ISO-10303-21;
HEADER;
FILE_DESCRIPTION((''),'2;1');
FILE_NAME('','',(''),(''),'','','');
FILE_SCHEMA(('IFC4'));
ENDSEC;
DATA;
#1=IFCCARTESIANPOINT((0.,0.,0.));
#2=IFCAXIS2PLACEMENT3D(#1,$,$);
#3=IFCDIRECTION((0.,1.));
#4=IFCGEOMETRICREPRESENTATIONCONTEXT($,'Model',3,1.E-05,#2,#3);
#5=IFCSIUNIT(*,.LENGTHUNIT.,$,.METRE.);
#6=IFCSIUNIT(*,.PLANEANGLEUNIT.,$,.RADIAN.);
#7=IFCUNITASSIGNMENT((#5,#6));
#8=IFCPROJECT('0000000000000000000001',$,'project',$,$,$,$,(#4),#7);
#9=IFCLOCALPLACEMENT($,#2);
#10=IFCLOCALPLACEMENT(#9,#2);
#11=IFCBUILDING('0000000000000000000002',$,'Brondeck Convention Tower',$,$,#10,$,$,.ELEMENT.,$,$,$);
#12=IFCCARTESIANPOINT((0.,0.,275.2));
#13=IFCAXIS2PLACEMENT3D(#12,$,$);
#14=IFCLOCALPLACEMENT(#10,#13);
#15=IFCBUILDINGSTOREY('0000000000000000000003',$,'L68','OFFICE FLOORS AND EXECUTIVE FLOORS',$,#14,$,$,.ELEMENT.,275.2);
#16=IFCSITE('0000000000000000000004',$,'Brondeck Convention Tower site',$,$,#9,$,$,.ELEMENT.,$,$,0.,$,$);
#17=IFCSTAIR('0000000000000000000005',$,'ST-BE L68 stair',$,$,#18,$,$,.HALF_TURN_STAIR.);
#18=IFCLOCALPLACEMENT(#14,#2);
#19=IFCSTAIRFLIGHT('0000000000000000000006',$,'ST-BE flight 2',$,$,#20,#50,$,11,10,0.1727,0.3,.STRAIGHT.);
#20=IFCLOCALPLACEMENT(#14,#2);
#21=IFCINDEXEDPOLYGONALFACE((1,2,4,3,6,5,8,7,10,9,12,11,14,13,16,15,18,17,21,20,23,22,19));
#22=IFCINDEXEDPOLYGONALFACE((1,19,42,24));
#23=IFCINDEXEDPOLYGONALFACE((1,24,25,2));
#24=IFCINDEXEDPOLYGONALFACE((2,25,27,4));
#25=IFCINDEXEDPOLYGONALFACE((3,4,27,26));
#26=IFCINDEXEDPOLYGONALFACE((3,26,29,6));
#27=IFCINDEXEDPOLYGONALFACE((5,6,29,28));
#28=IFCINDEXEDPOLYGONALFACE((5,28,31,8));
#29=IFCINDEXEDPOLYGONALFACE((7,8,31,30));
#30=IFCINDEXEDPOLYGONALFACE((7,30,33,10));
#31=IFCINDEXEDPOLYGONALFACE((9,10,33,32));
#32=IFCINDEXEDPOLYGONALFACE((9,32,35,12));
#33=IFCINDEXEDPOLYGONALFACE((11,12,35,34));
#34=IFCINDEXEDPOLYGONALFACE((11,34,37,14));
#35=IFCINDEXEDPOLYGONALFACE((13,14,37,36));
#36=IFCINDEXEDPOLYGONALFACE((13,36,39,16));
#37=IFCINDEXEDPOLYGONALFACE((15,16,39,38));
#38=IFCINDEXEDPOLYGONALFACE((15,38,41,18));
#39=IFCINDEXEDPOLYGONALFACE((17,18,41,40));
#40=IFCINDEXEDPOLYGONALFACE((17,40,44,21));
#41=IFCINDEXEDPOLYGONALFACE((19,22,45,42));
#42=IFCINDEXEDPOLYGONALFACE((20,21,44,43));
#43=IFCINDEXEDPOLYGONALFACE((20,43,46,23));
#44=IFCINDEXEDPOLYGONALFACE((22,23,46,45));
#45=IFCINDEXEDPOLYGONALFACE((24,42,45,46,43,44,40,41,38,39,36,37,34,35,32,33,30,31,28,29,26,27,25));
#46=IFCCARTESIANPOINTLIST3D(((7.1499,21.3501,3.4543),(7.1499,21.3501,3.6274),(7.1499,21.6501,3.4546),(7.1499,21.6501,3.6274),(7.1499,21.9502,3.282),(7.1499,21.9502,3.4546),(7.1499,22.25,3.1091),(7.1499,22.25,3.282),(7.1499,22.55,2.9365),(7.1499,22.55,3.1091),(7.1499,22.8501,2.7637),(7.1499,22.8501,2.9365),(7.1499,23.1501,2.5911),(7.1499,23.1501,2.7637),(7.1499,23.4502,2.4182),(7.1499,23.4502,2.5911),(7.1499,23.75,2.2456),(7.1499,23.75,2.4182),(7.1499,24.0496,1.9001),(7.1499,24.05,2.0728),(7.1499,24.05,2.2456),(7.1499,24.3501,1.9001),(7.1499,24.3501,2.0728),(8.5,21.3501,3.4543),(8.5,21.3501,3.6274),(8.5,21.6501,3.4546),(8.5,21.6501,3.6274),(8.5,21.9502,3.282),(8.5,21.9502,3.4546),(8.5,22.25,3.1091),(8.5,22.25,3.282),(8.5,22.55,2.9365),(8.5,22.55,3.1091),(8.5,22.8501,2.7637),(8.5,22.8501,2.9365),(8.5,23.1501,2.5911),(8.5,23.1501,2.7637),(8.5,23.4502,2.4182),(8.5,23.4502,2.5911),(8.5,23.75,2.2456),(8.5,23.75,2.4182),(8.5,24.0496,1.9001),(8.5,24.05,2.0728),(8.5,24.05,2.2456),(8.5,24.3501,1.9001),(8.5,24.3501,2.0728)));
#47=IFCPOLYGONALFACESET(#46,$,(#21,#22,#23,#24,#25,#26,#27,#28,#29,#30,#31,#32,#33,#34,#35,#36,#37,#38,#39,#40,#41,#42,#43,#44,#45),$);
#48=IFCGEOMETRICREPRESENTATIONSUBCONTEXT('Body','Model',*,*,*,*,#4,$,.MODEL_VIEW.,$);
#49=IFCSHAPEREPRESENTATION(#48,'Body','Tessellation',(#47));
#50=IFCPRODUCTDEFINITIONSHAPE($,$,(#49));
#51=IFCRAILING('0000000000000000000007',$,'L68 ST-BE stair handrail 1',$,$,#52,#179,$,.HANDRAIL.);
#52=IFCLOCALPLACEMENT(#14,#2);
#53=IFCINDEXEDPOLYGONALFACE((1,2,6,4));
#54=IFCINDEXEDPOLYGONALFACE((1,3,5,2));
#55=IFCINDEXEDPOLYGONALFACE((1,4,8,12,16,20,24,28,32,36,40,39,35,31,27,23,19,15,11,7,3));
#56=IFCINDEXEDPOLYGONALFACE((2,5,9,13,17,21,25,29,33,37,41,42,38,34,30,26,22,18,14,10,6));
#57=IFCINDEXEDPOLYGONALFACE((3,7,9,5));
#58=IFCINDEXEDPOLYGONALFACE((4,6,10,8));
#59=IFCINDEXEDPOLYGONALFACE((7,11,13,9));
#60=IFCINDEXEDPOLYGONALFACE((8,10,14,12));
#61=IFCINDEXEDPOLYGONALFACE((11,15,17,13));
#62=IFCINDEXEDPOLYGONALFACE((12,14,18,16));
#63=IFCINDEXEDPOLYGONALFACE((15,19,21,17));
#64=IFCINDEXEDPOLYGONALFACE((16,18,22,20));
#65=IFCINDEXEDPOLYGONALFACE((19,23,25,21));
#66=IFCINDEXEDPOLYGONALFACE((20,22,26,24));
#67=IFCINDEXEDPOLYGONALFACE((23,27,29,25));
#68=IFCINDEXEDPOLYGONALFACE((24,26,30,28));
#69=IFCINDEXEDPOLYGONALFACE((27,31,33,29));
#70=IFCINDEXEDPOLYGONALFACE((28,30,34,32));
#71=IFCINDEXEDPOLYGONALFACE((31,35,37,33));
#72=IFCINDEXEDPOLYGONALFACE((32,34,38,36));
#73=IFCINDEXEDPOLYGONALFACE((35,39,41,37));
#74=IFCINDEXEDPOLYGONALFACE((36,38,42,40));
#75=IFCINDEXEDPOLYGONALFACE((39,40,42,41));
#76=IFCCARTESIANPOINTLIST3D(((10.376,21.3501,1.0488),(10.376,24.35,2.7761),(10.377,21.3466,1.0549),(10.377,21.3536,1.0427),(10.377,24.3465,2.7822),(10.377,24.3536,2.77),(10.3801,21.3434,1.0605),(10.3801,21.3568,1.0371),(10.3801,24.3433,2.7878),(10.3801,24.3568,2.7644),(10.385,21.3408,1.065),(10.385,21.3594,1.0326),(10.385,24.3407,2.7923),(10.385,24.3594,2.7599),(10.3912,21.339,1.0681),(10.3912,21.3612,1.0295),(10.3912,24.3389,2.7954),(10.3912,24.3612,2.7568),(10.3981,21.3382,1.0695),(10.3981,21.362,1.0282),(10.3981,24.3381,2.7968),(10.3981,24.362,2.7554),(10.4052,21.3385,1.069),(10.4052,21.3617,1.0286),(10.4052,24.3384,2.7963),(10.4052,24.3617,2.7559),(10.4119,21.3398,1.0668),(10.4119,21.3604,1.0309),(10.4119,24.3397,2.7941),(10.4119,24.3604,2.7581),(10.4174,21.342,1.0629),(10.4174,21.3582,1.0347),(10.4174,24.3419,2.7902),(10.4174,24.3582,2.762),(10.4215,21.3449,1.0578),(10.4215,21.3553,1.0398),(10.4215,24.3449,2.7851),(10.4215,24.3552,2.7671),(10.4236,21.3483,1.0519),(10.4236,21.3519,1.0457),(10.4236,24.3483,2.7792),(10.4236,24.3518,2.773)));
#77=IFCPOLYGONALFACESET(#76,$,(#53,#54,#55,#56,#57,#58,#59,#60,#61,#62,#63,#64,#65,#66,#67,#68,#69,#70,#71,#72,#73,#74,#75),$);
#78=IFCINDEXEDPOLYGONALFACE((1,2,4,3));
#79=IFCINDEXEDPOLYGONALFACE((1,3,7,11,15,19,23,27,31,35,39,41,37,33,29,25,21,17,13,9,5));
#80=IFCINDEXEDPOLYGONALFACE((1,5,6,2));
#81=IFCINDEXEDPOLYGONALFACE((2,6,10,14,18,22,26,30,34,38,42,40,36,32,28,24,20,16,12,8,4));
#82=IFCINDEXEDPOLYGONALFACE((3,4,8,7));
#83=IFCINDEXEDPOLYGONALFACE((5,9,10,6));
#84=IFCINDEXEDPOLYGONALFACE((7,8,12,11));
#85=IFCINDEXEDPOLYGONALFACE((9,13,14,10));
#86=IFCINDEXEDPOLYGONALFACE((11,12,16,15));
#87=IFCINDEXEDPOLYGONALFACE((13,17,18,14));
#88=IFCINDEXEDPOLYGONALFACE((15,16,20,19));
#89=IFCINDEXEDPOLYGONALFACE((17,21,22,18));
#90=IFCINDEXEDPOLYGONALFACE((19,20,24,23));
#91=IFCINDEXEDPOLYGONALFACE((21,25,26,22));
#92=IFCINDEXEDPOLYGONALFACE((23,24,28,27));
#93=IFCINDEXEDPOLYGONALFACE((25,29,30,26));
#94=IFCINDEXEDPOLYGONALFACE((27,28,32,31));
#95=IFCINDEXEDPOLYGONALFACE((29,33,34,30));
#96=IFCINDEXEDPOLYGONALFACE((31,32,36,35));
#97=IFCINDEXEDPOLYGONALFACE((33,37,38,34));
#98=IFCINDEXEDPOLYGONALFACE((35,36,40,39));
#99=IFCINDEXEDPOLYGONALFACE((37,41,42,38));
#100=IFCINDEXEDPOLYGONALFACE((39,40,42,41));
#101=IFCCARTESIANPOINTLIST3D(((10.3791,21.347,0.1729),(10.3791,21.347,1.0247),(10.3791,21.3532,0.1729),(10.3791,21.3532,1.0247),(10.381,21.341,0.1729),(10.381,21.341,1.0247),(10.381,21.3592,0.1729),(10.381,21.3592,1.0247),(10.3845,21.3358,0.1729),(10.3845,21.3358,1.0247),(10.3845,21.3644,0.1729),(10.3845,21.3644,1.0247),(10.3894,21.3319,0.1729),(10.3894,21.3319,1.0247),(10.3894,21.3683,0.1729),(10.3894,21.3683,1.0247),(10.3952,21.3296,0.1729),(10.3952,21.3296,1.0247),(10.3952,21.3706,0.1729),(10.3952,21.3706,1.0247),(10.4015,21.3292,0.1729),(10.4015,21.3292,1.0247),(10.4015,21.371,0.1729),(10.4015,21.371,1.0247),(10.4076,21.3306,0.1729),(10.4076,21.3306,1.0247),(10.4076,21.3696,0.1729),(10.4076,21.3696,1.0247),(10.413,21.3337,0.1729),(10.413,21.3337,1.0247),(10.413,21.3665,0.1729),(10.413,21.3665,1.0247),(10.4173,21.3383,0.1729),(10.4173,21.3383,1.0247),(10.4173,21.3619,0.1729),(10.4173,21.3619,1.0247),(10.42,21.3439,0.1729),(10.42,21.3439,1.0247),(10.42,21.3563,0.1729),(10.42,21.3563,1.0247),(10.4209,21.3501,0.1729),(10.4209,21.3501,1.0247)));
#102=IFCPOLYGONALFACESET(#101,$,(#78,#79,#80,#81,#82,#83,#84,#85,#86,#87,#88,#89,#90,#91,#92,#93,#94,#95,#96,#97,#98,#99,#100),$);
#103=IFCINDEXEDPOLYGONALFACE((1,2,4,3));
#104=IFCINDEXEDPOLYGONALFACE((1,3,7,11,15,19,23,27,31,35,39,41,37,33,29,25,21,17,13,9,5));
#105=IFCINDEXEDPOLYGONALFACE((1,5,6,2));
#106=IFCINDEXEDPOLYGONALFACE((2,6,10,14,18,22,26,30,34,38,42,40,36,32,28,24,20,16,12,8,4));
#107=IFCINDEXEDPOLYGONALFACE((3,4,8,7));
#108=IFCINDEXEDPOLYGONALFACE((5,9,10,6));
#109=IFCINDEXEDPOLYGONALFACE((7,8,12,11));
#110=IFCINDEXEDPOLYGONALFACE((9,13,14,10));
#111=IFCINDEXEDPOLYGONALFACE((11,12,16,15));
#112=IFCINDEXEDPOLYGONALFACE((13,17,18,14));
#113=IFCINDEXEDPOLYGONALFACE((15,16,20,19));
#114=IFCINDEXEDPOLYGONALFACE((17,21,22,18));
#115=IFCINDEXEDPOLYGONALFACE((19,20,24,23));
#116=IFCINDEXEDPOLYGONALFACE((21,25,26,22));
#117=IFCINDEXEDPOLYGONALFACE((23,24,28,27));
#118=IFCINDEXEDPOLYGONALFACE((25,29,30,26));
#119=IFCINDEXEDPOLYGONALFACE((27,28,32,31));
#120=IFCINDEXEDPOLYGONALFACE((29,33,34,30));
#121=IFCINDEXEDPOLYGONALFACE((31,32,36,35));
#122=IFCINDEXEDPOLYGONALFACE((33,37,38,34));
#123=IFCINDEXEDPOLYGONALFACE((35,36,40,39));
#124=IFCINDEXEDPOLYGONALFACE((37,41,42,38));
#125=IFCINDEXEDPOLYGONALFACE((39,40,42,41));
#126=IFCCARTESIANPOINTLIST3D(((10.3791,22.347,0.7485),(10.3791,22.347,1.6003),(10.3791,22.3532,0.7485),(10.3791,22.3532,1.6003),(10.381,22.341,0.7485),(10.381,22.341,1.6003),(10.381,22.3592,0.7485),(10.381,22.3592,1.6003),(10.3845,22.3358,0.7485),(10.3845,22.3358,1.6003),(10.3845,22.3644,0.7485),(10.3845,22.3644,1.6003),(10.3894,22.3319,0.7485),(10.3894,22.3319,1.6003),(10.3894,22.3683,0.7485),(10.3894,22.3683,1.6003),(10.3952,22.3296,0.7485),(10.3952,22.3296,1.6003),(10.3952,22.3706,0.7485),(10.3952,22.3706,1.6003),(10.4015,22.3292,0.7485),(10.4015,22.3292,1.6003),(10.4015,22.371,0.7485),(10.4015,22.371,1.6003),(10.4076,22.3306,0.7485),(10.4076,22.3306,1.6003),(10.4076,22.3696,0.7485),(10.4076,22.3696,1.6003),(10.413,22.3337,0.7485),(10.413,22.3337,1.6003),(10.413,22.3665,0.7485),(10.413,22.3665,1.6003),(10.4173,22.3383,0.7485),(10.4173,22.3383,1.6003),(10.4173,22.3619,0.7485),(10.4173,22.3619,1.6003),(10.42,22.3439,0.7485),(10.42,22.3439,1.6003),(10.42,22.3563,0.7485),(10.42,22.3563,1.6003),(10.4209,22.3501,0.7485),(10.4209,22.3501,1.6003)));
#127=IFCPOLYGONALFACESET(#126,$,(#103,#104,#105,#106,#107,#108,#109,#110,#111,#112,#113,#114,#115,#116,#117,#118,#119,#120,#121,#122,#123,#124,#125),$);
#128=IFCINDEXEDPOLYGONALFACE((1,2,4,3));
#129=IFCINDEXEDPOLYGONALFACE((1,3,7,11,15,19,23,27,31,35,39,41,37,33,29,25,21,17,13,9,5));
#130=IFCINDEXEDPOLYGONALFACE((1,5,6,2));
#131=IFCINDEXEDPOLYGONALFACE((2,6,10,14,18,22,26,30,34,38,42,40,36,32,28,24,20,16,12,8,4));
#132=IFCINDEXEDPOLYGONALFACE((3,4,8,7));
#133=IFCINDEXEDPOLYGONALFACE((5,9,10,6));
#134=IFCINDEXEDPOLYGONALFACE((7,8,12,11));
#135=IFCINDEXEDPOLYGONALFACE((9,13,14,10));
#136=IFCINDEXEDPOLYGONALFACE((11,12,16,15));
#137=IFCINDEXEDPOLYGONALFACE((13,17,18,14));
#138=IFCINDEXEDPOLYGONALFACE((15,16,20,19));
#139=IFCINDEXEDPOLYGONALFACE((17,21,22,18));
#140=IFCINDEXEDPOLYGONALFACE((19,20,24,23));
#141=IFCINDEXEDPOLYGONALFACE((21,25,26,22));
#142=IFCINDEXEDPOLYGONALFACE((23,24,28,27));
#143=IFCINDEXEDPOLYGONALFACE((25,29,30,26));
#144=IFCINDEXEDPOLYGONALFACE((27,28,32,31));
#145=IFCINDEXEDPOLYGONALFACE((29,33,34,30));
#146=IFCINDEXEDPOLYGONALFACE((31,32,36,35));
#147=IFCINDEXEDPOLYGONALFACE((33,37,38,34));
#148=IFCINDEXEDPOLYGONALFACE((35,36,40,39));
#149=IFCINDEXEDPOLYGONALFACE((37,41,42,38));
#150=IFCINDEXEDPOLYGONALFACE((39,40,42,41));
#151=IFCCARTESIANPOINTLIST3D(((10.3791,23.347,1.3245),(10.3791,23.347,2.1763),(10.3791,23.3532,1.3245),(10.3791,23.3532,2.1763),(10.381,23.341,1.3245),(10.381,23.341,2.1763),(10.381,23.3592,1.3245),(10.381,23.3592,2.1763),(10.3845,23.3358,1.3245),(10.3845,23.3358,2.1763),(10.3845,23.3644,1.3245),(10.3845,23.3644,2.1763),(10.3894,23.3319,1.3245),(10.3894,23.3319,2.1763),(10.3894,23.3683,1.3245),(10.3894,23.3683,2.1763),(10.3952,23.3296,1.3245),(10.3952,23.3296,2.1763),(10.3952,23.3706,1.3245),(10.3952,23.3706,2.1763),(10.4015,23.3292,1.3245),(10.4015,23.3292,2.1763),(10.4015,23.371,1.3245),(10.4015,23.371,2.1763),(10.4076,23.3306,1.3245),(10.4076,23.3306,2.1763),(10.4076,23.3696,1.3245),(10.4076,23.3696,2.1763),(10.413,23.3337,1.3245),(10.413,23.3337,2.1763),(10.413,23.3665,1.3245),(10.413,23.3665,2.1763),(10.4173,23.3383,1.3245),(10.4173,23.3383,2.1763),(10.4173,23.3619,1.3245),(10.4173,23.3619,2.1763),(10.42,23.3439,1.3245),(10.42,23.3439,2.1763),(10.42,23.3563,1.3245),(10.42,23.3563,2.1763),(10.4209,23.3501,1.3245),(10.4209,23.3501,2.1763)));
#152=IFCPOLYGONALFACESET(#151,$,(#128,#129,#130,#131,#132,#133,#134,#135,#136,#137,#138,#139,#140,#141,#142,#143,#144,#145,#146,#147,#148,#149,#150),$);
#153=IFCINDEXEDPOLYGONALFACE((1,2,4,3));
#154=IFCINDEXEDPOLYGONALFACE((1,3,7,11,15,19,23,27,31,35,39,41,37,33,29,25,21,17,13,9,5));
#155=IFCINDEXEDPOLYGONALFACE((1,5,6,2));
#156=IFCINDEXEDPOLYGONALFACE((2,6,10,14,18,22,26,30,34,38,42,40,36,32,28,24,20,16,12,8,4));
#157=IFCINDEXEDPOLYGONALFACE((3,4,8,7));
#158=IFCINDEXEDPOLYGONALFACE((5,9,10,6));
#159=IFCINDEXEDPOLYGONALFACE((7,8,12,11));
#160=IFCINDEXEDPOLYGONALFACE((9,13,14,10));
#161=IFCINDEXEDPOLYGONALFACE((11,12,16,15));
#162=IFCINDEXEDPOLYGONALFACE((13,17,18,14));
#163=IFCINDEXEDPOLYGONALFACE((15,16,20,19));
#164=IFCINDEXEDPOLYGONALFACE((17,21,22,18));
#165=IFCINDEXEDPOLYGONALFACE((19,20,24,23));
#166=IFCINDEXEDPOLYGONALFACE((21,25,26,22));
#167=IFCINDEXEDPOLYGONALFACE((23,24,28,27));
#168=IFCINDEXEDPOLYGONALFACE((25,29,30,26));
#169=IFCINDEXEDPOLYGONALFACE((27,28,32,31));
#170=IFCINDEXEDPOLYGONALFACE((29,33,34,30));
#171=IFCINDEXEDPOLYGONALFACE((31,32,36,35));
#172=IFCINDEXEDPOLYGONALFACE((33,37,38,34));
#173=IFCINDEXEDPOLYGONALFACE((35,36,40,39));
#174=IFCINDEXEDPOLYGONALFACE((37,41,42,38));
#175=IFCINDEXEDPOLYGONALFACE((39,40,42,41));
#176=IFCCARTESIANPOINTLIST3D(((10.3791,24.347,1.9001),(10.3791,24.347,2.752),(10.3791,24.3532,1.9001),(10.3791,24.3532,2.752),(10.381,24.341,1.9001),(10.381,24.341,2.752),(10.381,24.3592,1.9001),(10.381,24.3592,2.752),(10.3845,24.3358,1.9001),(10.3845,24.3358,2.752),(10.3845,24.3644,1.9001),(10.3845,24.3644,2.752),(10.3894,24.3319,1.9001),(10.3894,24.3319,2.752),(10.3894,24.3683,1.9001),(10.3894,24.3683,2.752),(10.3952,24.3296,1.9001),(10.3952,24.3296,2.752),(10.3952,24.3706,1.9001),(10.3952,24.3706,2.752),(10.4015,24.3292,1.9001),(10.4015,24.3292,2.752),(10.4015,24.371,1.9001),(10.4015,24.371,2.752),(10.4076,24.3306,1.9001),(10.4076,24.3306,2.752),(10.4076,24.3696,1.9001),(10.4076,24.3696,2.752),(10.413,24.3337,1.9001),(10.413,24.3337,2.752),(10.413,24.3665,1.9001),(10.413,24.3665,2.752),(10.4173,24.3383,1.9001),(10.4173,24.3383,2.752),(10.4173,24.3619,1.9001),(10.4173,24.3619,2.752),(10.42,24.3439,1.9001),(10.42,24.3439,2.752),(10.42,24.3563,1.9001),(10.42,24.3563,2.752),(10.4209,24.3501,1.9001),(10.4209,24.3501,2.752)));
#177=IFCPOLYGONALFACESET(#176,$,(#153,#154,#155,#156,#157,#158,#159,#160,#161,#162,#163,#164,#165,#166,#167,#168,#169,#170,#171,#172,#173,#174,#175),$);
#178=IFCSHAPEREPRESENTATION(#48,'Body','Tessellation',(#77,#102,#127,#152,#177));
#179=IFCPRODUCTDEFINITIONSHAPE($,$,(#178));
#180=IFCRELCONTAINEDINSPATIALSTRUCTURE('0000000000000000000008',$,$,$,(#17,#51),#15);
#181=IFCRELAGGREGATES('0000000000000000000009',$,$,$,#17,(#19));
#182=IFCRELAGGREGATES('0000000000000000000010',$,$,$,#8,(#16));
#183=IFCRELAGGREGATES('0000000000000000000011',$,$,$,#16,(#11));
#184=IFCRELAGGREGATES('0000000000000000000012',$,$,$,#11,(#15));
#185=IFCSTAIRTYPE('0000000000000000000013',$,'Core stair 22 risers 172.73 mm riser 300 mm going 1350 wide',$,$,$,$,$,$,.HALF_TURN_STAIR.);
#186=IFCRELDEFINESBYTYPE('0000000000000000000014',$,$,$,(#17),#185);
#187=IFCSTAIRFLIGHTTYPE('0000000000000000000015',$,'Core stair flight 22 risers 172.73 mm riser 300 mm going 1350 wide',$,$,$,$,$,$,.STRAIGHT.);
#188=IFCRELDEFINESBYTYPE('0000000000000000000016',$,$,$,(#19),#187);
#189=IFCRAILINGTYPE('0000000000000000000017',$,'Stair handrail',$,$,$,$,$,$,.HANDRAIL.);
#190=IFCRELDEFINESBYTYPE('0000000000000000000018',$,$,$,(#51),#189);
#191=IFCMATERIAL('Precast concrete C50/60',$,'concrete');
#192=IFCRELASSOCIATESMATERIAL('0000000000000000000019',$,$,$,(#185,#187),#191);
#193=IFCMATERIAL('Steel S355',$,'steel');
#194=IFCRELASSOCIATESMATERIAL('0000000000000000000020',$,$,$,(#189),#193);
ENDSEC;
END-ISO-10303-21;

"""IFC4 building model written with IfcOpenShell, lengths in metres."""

from ifc_helpers import new_model, si_unit, direction, frame, origin, origin_2d, place, context, subcontext, project, spatial, polyline, circle, outline, extrude, material, type_object, element, aggregate, save


model = new_model("IFC4")

# Units and contexts
model_context = context("Model", 3, precision=1e-05, world=origin(), true_north=direction((0.0, 1.0)))
body_context = subcontext(model_context, "Body", "Model", "MODEL_VIEW")
ifc_project = project(units=[si_unit("LENGTHUNIT", "METRE"), si_unit("PLANEANGLEUNIT", "RADIAN")], contexts=[model_context])

# Site, building, storey
site_placement = place(None, origin())
site = spatial("IfcSite", under=ifc_project, at=site_placement, Name="Brondeck Convention Tower site", CompositionType="ELEMENT", RefElevation=0.0)
building_placement = place(site_placement, origin())
building = spatial("IfcBuilding", under=site, at=building_placement, Name="Brondeck Convention Tower", CompositionType="ELEMENT")
storey_placement = place(building_placement, frame((0.0, 0.0, 275.2)))
storey = spatial("IfcBuildingStorey", under=building, at=storey_placement, Name="L68", Description="OFFICE FLOORS AND EXECUTIVE FLOORS", CompositionType="ELEMENT", Elevation=275.2)

# Shared definitions
ifc_material_1 = material(Name="Steel S355", Category="steel")

# Stair, stair flight
ifc_material_2 = material(Name="Precast concrete C50/60", Category="concrete")
stair_type = type_object("IfcStairType", Name="Core stair 22 risers 172.73 mm riser 300 mm going 1350 wide", PredefinedType="HALF_TURN_STAIR", material=ifc_material_2)
stair_placement = place(storey_placement, origin())
stair = element("IfcStair", 1, at=stair_placement, inside=storey, type_object=stair_type, Name="ST-BE L68 stair", PredefinedType="HALF_TURN_STAIR")
stair_flight_type = type_object("IfcStairFlightType", Name="Core stair flight 22 risers 172.73 mm riser 300 mm going 1350 wide", PredefinedType="STRAIGHT", material=ifc_material_2)
stair_flight_1_placement = place(storey_placement, frame((7.825, 24.3501, 1.9001), z_axis=(0.0, 0.0, 1.0), x_axis=(0.0, -1.0, 0.0)))
stair_flight_1 = element("IfcStairFlight", 2, at=stair_flight_1_placement, type_object=stair_flight_type, Name="ST-BE flight 2", NumberOfRisers=11, NumberOfTreads=10, PredefinedType="STRAIGHT", RiserHeight=0.1727, TreadLength=0.3, context=body_context, shape_type="SweptSolid", body=[
    extrude(outline(polyline([(0.0, 0.0), (0.0, 0.1726), (0.3, 0.1726), (0.3, 0.3455), (0.6001, 0.3455), (0.6001, 0.5181), (0.8999, 0.5181), (0.8999, 0.6909), (1.2, 0.6909), (1.2, 0.8635), (1.5, 0.8635), (1.5, 1.0364), (1.8, 1.0364), (1.8, 1.209), (2.1001, 1.209), (2.1001, 1.3818), (2.3999, 1.3818), (2.3999, 1.5544), (2.7, 1.5544), (2.7, 1.7273), (3.0, 1.7273), (3.0, 1.8999), (3.0, 1.5542), (0.3005, 0.0), (0.0, 0.0)])), frame((0.0, 0.675, 0.0), z_axis=(0.0, -1.0, 0.0), x_axis=(1.0, 0.0, 0.0)), (0.0, 0.0, 1.0), 1.3501),
])
aggregate(stair, [stair_flight_1])

# Railing
railing_type = type_object("IfcRailingType", Name="Stair handrail", PredefinedType="HANDRAIL", material=ifc_material_1)
railing_1_placement = place(storey_placement, frame((10.3999, 21.3501, 0.1729)))
element("IfcRailing", 3, at=railing_1_placement, inside=storey, type_object=railing_type, Name="L68 ST-BE stair handrail 1", PredefinedType="HANDRAIL", context=body_context, shape_type="SweptSolid", body=[
    extrude(circle(Radius=0.0239, at=origin_2d()), frame((0.0, 0.0, 0.876), z_axis=(0.0, 0.86662, 0.498969), x_axis=(-1.0, 0.0, 0.0)), (0.0, 0.0, 1.0), 3.4617),
    extrude(circle(Radius=0.021, at=origin_2d()), origin(), (0.0, 0.0, 1.0), 0.8518),
    extrude(circle(Radius=0.021, at=origin_2d()), frame((0.0, 1.0, 0.5757)), (0.0, 0.0, 1.0), 0.8518),
    extrude(circle(Radius=0.021, at=origin_2d()), frame((0.0, 2.0, 1.1516)), (0.0, 0.0, 1.0), 0.8518),
    extrude(circle(Radius=0.021, at=origin_2d()), frame((0.0, 3.0, 1.7273)), (0.0, 0.0, 1.0), 0.8518),
])

save(model, "model.ifc")
